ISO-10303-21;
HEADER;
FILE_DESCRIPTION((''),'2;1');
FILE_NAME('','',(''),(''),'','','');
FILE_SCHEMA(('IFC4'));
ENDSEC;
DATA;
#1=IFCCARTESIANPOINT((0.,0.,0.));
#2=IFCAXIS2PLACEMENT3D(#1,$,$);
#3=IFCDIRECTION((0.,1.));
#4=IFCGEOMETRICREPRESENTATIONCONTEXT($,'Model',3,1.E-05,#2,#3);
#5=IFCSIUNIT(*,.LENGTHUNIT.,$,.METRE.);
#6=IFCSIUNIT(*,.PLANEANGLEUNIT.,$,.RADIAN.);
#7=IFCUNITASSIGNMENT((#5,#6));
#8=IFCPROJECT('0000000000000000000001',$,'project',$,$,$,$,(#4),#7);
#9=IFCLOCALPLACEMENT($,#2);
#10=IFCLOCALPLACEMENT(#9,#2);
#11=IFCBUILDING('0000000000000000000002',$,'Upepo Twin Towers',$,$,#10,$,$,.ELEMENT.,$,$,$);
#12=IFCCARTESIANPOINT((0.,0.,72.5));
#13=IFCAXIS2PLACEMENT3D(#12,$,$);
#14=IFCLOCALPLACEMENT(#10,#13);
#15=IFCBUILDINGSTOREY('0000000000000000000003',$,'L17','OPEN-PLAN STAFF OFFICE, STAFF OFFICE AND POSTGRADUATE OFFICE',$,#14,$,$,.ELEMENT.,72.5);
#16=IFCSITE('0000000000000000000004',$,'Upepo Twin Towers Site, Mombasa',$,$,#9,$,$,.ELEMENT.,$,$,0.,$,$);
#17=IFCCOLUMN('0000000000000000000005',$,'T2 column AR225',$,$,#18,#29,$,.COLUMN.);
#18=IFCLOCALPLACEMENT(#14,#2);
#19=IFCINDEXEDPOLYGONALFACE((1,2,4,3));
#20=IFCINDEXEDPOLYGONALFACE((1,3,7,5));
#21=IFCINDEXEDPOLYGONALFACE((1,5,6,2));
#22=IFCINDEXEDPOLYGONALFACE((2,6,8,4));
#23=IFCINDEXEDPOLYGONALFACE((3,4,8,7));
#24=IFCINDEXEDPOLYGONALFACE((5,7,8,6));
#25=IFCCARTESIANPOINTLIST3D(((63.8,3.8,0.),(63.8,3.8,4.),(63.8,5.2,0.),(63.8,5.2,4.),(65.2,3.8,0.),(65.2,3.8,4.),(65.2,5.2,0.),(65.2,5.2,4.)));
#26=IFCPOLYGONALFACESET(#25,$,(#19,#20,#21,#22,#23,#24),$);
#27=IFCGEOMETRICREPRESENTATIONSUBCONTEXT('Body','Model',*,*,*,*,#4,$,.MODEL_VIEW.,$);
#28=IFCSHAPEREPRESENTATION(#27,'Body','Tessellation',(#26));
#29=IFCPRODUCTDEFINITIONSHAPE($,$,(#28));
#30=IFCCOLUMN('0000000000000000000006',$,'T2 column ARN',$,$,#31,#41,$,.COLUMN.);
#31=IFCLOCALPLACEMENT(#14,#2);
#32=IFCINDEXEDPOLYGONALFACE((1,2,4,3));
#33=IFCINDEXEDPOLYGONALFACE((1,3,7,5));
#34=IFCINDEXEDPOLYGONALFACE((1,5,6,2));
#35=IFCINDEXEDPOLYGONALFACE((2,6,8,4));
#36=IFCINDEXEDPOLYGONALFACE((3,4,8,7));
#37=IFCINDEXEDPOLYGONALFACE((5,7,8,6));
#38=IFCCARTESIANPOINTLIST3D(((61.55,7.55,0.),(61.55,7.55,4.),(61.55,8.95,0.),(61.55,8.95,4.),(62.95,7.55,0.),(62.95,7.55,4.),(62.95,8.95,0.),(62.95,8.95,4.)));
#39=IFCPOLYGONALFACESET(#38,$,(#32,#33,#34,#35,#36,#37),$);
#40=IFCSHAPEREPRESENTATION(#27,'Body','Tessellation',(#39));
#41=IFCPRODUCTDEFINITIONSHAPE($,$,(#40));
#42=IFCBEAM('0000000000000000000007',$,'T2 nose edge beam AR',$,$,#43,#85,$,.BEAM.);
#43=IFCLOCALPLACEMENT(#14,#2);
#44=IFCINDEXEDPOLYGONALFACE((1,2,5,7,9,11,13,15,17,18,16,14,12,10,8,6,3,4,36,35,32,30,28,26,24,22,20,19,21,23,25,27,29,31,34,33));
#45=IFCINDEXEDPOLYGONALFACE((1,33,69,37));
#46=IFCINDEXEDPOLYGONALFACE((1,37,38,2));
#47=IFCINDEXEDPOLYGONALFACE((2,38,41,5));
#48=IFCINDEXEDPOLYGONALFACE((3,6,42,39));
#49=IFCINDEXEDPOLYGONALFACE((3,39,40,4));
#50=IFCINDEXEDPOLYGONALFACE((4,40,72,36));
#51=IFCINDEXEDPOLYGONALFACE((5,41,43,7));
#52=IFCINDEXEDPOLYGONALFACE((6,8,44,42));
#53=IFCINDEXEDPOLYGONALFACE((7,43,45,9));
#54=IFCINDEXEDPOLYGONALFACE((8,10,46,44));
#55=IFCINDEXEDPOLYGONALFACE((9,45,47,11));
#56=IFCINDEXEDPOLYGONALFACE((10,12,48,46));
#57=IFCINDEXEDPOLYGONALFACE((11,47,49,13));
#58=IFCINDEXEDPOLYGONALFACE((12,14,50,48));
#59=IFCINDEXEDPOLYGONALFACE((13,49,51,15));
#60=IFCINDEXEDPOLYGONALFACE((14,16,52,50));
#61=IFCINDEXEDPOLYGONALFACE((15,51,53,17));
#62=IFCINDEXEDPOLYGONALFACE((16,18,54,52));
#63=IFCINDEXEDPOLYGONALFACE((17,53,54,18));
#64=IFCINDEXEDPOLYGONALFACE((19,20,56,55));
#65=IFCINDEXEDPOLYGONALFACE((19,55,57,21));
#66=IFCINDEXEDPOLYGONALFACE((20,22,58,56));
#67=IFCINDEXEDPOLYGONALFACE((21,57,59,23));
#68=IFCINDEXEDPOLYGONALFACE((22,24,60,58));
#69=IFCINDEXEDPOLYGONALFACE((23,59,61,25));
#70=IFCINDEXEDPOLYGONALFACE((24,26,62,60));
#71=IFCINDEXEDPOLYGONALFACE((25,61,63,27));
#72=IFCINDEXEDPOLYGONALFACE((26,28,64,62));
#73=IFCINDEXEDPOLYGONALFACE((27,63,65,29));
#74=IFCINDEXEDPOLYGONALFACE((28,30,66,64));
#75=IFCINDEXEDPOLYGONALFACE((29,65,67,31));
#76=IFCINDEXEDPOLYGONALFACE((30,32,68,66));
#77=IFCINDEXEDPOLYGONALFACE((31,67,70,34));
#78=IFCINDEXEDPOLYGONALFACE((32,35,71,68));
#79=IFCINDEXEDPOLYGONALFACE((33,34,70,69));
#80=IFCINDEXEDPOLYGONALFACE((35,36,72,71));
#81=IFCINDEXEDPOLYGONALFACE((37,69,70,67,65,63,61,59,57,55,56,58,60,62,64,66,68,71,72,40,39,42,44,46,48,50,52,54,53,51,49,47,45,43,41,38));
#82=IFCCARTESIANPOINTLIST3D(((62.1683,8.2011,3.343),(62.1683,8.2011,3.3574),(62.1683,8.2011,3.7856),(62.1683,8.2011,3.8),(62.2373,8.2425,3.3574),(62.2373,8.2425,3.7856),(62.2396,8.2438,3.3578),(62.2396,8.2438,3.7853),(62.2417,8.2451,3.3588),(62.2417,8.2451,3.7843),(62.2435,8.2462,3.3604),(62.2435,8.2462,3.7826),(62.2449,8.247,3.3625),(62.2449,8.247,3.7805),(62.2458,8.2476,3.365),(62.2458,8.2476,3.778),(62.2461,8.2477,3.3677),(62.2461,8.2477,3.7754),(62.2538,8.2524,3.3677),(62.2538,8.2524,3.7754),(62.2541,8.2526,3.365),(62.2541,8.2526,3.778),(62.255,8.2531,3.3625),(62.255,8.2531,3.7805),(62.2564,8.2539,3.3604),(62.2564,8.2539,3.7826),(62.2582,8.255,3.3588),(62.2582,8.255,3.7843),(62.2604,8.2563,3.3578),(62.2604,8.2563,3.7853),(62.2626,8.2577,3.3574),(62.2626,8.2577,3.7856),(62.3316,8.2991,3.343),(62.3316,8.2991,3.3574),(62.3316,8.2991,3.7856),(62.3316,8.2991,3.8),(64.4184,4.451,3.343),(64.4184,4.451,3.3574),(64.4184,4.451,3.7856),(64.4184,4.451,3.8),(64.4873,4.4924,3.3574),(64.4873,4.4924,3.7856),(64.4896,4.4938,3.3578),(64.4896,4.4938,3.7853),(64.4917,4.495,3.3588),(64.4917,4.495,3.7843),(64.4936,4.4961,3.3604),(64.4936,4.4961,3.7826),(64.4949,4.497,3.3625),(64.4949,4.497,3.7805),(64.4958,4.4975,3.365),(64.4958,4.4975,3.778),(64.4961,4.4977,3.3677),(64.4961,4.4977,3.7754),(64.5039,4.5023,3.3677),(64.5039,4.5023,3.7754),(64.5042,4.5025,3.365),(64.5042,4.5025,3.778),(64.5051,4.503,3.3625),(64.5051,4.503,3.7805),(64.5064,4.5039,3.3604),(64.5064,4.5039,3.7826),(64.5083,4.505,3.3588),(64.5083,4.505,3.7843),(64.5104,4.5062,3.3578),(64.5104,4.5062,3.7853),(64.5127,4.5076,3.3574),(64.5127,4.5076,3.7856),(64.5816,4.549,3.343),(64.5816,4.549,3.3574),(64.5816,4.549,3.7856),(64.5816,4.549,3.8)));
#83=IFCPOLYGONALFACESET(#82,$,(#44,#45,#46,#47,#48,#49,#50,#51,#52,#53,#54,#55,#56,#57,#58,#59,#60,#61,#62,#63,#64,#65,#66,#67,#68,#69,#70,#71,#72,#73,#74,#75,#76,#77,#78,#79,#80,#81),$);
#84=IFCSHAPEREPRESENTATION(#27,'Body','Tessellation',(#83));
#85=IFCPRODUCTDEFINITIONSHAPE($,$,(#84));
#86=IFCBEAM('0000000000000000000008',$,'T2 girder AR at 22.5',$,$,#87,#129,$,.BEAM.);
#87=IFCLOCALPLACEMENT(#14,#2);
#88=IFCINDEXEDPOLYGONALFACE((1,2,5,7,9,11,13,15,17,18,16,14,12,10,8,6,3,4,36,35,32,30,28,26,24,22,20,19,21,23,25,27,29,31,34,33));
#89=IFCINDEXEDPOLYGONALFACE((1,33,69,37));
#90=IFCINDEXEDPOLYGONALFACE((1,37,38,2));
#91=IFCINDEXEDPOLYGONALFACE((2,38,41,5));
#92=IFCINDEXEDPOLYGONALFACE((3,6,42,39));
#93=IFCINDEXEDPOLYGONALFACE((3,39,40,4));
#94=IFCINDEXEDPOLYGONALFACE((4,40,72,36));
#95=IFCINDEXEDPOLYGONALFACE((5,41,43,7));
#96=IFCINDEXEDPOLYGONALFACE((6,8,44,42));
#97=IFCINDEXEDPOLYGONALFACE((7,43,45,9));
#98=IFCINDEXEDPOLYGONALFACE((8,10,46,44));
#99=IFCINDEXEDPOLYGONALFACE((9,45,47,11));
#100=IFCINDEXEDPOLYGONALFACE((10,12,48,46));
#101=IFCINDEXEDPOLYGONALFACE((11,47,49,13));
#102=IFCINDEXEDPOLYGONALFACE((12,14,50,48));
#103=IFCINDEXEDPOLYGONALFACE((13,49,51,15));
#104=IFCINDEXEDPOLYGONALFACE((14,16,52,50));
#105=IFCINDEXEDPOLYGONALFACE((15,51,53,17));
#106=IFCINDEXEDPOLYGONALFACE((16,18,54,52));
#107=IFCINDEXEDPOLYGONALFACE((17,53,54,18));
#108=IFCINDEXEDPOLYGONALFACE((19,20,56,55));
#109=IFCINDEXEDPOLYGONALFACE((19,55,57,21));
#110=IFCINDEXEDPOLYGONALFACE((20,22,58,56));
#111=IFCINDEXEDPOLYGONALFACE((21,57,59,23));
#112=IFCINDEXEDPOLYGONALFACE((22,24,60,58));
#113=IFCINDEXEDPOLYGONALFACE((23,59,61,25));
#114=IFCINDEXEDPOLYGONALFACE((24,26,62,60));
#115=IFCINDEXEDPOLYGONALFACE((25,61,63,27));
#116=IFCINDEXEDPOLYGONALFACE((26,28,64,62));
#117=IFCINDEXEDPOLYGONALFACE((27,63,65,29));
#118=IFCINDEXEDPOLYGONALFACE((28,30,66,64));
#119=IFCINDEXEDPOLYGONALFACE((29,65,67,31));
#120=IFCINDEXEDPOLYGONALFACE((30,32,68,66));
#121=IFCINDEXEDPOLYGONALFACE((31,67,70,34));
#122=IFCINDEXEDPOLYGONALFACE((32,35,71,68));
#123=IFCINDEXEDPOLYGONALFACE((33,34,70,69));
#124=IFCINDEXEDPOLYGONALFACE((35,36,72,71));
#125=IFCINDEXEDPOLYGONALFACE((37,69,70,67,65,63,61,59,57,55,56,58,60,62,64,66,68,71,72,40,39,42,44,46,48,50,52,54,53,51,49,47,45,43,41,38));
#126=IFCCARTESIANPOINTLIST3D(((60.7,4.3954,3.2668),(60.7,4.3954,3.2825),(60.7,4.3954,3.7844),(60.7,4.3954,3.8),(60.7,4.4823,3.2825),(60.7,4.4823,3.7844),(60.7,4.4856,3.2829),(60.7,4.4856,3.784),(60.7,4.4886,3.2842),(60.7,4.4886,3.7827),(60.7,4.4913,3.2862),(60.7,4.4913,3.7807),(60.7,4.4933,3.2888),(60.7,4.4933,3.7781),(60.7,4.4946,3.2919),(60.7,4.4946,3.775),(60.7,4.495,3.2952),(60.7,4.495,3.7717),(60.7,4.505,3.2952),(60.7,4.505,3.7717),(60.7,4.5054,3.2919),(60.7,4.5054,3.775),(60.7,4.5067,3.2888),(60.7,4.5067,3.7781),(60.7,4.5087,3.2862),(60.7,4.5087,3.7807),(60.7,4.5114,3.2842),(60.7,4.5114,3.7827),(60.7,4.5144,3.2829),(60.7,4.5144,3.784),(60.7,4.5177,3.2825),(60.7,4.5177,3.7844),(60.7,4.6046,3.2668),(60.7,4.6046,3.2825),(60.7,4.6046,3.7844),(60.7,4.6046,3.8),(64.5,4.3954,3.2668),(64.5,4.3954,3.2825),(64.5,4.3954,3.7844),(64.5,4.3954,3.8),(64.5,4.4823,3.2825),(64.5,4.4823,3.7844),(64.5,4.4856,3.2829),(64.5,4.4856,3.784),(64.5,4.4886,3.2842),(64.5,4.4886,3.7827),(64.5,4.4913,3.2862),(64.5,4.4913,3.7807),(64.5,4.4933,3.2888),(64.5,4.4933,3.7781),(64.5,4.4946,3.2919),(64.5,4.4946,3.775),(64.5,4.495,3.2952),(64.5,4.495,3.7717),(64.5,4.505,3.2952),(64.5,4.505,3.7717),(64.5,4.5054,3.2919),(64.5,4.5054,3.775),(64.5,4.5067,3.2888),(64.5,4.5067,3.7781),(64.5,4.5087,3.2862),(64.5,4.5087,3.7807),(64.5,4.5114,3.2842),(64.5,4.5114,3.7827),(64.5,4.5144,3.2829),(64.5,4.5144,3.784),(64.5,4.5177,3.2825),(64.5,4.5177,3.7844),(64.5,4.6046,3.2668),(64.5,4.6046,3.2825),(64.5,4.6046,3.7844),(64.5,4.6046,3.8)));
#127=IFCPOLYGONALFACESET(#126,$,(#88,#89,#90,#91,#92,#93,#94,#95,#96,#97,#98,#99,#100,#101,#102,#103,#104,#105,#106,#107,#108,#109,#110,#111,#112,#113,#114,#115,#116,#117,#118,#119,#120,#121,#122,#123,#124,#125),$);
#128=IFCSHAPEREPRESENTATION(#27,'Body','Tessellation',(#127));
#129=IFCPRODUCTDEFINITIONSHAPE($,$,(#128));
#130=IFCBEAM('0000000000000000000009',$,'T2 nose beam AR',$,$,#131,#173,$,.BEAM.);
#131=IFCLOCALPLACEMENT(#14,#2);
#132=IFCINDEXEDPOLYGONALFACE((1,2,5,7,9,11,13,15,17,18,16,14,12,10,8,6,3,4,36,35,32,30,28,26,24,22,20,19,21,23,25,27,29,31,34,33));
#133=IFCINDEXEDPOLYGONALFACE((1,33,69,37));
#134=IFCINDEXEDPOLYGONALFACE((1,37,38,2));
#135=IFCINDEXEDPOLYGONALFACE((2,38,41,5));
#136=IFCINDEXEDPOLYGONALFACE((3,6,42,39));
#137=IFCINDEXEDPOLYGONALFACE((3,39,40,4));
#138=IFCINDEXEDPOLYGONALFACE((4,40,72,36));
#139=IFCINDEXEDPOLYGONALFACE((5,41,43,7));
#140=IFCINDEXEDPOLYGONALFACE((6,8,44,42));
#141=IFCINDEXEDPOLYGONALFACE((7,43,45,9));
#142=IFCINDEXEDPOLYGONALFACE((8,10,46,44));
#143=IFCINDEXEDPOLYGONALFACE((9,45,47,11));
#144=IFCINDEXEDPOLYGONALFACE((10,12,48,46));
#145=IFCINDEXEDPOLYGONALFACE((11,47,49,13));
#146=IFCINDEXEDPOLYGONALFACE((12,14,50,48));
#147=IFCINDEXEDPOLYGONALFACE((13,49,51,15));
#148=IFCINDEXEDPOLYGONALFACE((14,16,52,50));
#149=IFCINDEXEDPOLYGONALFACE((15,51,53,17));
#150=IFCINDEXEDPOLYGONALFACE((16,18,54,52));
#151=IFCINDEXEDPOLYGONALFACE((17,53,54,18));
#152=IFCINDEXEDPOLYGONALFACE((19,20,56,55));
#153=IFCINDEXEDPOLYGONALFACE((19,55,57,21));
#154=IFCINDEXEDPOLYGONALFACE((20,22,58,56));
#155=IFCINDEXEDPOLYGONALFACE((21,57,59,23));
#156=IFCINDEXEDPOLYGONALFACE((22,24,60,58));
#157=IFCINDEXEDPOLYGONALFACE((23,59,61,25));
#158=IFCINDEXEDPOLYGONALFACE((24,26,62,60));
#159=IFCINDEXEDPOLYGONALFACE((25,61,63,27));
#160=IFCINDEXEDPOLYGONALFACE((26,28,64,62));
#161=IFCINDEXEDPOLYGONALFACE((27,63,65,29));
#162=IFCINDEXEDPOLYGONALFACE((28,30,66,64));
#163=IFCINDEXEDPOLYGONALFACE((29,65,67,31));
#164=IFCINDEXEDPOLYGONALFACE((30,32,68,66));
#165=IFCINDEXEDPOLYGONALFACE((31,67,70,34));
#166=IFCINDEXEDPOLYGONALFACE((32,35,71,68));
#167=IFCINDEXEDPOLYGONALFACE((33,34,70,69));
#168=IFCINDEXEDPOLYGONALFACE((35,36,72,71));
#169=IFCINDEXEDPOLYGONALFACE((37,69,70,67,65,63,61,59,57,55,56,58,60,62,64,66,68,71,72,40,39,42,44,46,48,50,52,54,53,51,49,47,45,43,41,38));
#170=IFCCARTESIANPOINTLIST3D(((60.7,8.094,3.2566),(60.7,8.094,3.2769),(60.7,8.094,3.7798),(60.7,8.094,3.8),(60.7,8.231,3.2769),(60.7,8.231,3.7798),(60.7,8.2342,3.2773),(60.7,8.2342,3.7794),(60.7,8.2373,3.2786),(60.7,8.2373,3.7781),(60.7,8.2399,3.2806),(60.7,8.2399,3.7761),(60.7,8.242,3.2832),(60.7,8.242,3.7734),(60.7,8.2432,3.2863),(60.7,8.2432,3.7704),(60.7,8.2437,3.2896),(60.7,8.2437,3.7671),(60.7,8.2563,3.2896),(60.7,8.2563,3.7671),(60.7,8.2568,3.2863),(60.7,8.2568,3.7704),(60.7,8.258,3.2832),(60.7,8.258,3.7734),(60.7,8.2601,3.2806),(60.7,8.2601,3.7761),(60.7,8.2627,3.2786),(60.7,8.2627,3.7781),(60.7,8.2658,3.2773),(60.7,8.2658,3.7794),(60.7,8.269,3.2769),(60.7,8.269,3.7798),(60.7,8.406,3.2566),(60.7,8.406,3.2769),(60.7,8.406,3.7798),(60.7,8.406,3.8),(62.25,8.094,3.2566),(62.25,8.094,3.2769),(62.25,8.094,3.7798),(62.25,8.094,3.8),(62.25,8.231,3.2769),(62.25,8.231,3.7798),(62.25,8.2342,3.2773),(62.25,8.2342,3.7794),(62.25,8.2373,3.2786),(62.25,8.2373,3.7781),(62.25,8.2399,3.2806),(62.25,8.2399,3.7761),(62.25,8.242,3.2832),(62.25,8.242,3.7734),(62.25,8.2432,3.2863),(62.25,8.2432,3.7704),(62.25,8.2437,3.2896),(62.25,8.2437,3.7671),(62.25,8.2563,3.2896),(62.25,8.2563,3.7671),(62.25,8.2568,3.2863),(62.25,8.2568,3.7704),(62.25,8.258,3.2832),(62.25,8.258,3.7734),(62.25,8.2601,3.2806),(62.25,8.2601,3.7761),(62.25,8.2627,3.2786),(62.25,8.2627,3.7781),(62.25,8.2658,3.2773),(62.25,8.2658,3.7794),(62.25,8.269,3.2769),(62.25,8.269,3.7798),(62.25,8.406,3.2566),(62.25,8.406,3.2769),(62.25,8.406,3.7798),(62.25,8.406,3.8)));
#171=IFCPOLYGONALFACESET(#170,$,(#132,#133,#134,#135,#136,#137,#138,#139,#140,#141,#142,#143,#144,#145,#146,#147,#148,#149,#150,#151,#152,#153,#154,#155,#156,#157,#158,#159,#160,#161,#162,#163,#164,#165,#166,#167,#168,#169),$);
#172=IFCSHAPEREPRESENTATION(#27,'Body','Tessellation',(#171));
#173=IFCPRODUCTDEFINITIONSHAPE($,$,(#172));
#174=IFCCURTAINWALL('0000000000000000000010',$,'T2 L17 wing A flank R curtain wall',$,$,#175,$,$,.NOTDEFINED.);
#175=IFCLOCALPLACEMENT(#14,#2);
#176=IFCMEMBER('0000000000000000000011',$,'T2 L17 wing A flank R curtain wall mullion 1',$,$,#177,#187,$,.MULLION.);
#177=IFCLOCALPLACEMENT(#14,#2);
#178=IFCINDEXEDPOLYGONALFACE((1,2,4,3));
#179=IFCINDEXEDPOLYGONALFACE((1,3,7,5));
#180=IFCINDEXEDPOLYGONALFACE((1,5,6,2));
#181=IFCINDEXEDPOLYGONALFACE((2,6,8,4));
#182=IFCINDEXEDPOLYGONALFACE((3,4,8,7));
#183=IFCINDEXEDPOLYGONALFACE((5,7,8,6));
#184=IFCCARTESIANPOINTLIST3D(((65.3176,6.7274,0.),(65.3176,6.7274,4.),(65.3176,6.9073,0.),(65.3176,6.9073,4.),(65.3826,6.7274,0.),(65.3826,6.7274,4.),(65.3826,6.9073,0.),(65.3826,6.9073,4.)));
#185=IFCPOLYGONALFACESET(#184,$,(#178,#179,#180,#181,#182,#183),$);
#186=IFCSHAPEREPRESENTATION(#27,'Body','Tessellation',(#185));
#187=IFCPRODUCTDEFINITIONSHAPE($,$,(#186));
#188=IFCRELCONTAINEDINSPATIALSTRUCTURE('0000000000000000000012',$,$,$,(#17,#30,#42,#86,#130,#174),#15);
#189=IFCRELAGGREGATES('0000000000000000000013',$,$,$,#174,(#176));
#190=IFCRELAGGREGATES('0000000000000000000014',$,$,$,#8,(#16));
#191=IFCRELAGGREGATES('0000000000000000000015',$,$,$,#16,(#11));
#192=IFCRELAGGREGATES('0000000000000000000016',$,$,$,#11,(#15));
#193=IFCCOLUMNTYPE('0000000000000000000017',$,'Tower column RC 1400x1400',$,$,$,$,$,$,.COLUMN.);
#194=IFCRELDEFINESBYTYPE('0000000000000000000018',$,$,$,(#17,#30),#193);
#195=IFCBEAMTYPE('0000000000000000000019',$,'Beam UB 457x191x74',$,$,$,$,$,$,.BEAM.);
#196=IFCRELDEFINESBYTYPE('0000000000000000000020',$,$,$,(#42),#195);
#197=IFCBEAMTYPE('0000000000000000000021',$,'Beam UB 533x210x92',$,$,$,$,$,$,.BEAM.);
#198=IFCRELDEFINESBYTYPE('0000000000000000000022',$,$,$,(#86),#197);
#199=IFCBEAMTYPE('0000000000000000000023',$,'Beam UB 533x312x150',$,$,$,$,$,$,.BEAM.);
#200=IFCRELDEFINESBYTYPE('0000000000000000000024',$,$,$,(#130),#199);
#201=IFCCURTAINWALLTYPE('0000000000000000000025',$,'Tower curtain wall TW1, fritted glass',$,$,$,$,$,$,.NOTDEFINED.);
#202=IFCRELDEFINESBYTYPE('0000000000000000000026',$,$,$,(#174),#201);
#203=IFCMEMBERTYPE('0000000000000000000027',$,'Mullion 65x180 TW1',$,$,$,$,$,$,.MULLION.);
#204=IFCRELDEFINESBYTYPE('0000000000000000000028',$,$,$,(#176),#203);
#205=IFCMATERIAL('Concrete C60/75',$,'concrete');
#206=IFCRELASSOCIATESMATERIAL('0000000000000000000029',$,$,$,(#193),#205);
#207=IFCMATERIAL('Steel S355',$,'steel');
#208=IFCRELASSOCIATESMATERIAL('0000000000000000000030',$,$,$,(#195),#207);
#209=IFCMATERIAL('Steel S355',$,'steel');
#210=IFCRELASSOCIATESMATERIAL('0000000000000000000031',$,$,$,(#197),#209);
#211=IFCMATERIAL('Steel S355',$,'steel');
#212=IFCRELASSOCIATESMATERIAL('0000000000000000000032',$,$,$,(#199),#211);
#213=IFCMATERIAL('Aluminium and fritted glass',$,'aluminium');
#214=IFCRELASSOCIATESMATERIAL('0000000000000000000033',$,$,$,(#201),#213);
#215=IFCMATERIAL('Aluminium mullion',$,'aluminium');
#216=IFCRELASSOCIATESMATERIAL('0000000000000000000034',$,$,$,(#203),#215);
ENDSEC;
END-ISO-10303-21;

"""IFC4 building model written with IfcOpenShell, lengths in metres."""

from ifc_helpers import new_model, si_unit, direction, frame, origin, origin_2d, place, context, subcontext, project, spatial, rectangle, i_section, extrude, material, material_profile, profile_set, type_object, element, aggregate, save


model = new_model("IFC4")

# Units and contexts
model_context = context("Model", 3, precision=1e-05, world=origin(), true_north=direction((0.0, 1.0)))
body_context = subcontext(model_context, "Body", "Model", "MODEL_VIEW")
ifc_project = project(units=[si_unit("LENGTHUNIT", "METRE"), si_unit("PLANEANGLEUNIT", "RADIAN")], contexts=[model_context])

# Site, building, storey
site_placement = place(None, origin())
site = spatial("IfcSite", under=ifc_project, at=site_placement, Name="Upepo Twin Towers Site, Mombasa", CompositionType="ELEMENT", RefElevation=0.0)
building_placement = place(site_placement, origin())
building = spatial("IfcBuilding", under=site, at=building_placement, Name="Upepo Twin Towers", CompositionType="ELEMENT")
storey_placement = place(building_placement, frame((0.0, 0.0, 72.5)))
storey = spatial("IfcBuildingStorey", under=building, at=storey_placement, Name="L17", Description="OPEN-PLAN STAFF OFFICE, STAFF OFFICE AND POSTGRADUATE OFFICE", CompositionType="ELEMENT", Elevation=72.5)

# Columns
ifc_material_1 = material(Name="Concrete C60/75", Category="concrete")
ifc_material_profile_1 = material_profile(ifc_material_1, rectangle(XDim=1.3999, YDim=1.3999, at=origin_2d()), Name="RC 1400x1400")
ifc_profile_set_1 = profile_set([ifc_material_profile_1], Name="Concrete C60/75")
column_type = type_object("IfcColumnType", Name="Tower column RC 1400x1400", PredefinedType="COLUMN", material=ifc_profile_set_1)
for number, where, z_axis, x_axis, name in (
    (1, (64.5, 4.5, 0.0), (0.0, 0.0, 1.0), (1.0, 0.0, 0.0), "T2 column AR225"),
    (2, (62.25, 8.25, 0.0), (0.0, 0.0, 1.0), (1.0, 0.0, 0.0), "T2 column ARN"),
):
    element("IfcColumn", number, at=place(storey_placement, frame(where, z_axis=z_axis, x_axis=x_axis)), inside=storey, type_object=column_type, Name=name, PredefinedType="COLUMN", context=body_context, shape_type="SweptSolid", body=[
        extrude(rectangle(XDim=1.3999, YDim=1.3999, at=origin_2d()), origin(), (0.0, 0.0, 1.0), 4.0),
    ])

# Beams
ifc_material_2 = material(Name="Steel S355", Category="steel")
ifc_material_profile_2 = material_profile(ifc_material_2, i_section(OverallWidth=0.1904, OverallDepth=0.457, WebThickness=0.009, FlangeThickness=0.0144, FilletRadius=0.0103, at=origin_2d()), Name="UB 457x191x74")
ifc_profile_set_2 = profile_set([ifc_material_profile_2], Name="Steel S355")
beam_type_1 = type_object("IfcBeamType", Name="Beam UB 457x191x74", PredefinedType="BEAM", material=ifc_profile_set_2)
beam_1_placement = place(storey_placement, frame((64.5, 4.5, 3.5715), z_axis=(-0.514496, 0.857493, 0.0), x_axis=(-0.857493, -0.514496, 0.0)))
element("IfcBeam", 3, at=beam_1_placement, inside=storey, type_object=beam_type_1, Name="T2 nose edge beam AR", PredefinedType="BEAM", context=body_context, shape_type="SweptSolid", body=[
    extrude(i_section(OverallWidth=0.1904, OverallDepth=0.457, WebThickness=0.009, FlangeThickness=0.0144, FilletRadius=0.0103, at=origin_2d()), origin(), (0.0, 0.0, 1.0), 4.3733),
])
ifc_material_3 = material(Name="Steel S355", Category="steel")
ifc_material_profile_3 = material_profile(ifc_material_3, i_section(OverallWidth=0.2092, OverallDepth=0.5332, WebThickness=0.01, FlangeThickness=0.0156, FilletRadius=0.0127, at=origin_2d()), Name="UB 533x210x92")
ifc_profile_set_3 = profile_set([ifc_material_profile_3], Name="Steel S355")
beam_type_2 = type_object("IfcBeamType", Name="Beam UB 533x210x92", PredefinedType="BEAM", material=ifc_profile_set_3)
beam_2_placement = place(storey_placement, frame((64.5, 4.5, 3.5334), z_axis=(-1.0, 0.0, 0.0), x_axis=(0.0, -1.0, 0.0)))
element("IfcBeam", 4, at=beam_2_placement, inside=storey, type_object=beam_type_2, Name="T2 girder AR at 22.5", PredefinedType="BEAM", context=body_context, shape_type="SweptSolid", body=[
    extrude(i_section(OverallWidth=0.2092, OverallDepth=0.5332, WebThickness=0.01, FlangeThickness=0.0156, FilletRadius=0.0127, at=origin_2d()), origin(), (0.0, 0.0, 1.0), 3.8),
])
ifc_material_4 = material(Name="Steel S355", Category="steel")
ifc_material_profile_4 = material_profile(ifc_material_4, i_section(OverallWidth=0.312, OverallDepth=0.5435, WebThickness=0.0127, FlangeThickness=0.0203, FilletRadius=0.0127, at=origin_2d()), Name="UB 533x312x150")
ifc_profile_set_4 = profile_set([ifc_material_profile_4], Name="Steel S355")
beam_type_3 = type_object("IfcBeamType", Name="Beam UB 533x312x150", PredefinedType="BEAM", material=ifc_profile_set_4)
beam_3_placement = place(storey_placement, frame((62.25, 8.25, 3.5283), z_axis=(-1.0, 0.0, 0.0), x_axis=(0.0, -1.0, 0.0)))
element("IfcBeam", 5, at=beam_3_placement, inside=storey, type_object=beam_type_3, Name="T2 nose beam AR", PredefinedType="BEAM", context=body_context, shape_type="SweptSolid", body=[
    extrude(i_section(OverallWidth=0.312, OverallDepth=0.5435, WebThickness=0.0127, FlangeThickness=0.0203, FilletRadius=0.0127, at=origin_2d()), origin(), (0.0, 0.0, 1.0), 1.55),
])

# Curtain wall, member
ifc_material_5 = material(Name="Aluminium and fritted glass", Category="aluminium")
curtain_wall_type = type_object("IfcCurtainWallType", Name="Tower curtain wall TW1, fritted glass", PredefinedType="NOTDEFINED", material=ifc_material_5)
curtain_wall_1_placement = place(storey_placement, origin())
curtain_wall_1 = element("IfcCurtainWall", 6, at=curtain_wall_1_placement, inside=storey, type_object=curtain_wall_type, Name="T2 L17 wing A flank R curtain wall", PredefinedType="NOTDEFINED")
ifc_material_6 = material(Name="Aluminium mullion", Category="aluminium")
ifc_material_profile_5 = material_profile(ifc_material_6, rectangle(XDim=0.0649, YDim=0.1799, at=origin_2d()), Name="MULLION 65x180")
ifc_profile_set_5 = profile_set([ifc_material_profile_5], Name="Aluminium mullion")
member_type_1 = type_object("IfcMemberType", Name="Mullion 65x180 TW1", PredefinedType="MULLION", material=ifc_profile_set_5)
member_1_placement = place(storey_placement, frame((65.3501, 6.8174, 0.0), z_axis=(0.0, 0.0, 1.0), x_axis=(1.0, 0.0, 0.0)))
member_1 = element("IfcMember", 7, at=member_1_placement, type_object=member_type_1, Name="T2 L17 wing A flank R curtain wall mullion 1", PredefinedType="MULLION", context=body_context, shape_type="SweptSolid", body=[
    extrude(rectangle(XDim=0.0649, YDim=0.1799, at=origin_2d()), origin(), (0.0, 0.0, 1.0), 4.0),
])

aggregate(curtain_wall_1, [member_1])

save(model, "model.ifc")
